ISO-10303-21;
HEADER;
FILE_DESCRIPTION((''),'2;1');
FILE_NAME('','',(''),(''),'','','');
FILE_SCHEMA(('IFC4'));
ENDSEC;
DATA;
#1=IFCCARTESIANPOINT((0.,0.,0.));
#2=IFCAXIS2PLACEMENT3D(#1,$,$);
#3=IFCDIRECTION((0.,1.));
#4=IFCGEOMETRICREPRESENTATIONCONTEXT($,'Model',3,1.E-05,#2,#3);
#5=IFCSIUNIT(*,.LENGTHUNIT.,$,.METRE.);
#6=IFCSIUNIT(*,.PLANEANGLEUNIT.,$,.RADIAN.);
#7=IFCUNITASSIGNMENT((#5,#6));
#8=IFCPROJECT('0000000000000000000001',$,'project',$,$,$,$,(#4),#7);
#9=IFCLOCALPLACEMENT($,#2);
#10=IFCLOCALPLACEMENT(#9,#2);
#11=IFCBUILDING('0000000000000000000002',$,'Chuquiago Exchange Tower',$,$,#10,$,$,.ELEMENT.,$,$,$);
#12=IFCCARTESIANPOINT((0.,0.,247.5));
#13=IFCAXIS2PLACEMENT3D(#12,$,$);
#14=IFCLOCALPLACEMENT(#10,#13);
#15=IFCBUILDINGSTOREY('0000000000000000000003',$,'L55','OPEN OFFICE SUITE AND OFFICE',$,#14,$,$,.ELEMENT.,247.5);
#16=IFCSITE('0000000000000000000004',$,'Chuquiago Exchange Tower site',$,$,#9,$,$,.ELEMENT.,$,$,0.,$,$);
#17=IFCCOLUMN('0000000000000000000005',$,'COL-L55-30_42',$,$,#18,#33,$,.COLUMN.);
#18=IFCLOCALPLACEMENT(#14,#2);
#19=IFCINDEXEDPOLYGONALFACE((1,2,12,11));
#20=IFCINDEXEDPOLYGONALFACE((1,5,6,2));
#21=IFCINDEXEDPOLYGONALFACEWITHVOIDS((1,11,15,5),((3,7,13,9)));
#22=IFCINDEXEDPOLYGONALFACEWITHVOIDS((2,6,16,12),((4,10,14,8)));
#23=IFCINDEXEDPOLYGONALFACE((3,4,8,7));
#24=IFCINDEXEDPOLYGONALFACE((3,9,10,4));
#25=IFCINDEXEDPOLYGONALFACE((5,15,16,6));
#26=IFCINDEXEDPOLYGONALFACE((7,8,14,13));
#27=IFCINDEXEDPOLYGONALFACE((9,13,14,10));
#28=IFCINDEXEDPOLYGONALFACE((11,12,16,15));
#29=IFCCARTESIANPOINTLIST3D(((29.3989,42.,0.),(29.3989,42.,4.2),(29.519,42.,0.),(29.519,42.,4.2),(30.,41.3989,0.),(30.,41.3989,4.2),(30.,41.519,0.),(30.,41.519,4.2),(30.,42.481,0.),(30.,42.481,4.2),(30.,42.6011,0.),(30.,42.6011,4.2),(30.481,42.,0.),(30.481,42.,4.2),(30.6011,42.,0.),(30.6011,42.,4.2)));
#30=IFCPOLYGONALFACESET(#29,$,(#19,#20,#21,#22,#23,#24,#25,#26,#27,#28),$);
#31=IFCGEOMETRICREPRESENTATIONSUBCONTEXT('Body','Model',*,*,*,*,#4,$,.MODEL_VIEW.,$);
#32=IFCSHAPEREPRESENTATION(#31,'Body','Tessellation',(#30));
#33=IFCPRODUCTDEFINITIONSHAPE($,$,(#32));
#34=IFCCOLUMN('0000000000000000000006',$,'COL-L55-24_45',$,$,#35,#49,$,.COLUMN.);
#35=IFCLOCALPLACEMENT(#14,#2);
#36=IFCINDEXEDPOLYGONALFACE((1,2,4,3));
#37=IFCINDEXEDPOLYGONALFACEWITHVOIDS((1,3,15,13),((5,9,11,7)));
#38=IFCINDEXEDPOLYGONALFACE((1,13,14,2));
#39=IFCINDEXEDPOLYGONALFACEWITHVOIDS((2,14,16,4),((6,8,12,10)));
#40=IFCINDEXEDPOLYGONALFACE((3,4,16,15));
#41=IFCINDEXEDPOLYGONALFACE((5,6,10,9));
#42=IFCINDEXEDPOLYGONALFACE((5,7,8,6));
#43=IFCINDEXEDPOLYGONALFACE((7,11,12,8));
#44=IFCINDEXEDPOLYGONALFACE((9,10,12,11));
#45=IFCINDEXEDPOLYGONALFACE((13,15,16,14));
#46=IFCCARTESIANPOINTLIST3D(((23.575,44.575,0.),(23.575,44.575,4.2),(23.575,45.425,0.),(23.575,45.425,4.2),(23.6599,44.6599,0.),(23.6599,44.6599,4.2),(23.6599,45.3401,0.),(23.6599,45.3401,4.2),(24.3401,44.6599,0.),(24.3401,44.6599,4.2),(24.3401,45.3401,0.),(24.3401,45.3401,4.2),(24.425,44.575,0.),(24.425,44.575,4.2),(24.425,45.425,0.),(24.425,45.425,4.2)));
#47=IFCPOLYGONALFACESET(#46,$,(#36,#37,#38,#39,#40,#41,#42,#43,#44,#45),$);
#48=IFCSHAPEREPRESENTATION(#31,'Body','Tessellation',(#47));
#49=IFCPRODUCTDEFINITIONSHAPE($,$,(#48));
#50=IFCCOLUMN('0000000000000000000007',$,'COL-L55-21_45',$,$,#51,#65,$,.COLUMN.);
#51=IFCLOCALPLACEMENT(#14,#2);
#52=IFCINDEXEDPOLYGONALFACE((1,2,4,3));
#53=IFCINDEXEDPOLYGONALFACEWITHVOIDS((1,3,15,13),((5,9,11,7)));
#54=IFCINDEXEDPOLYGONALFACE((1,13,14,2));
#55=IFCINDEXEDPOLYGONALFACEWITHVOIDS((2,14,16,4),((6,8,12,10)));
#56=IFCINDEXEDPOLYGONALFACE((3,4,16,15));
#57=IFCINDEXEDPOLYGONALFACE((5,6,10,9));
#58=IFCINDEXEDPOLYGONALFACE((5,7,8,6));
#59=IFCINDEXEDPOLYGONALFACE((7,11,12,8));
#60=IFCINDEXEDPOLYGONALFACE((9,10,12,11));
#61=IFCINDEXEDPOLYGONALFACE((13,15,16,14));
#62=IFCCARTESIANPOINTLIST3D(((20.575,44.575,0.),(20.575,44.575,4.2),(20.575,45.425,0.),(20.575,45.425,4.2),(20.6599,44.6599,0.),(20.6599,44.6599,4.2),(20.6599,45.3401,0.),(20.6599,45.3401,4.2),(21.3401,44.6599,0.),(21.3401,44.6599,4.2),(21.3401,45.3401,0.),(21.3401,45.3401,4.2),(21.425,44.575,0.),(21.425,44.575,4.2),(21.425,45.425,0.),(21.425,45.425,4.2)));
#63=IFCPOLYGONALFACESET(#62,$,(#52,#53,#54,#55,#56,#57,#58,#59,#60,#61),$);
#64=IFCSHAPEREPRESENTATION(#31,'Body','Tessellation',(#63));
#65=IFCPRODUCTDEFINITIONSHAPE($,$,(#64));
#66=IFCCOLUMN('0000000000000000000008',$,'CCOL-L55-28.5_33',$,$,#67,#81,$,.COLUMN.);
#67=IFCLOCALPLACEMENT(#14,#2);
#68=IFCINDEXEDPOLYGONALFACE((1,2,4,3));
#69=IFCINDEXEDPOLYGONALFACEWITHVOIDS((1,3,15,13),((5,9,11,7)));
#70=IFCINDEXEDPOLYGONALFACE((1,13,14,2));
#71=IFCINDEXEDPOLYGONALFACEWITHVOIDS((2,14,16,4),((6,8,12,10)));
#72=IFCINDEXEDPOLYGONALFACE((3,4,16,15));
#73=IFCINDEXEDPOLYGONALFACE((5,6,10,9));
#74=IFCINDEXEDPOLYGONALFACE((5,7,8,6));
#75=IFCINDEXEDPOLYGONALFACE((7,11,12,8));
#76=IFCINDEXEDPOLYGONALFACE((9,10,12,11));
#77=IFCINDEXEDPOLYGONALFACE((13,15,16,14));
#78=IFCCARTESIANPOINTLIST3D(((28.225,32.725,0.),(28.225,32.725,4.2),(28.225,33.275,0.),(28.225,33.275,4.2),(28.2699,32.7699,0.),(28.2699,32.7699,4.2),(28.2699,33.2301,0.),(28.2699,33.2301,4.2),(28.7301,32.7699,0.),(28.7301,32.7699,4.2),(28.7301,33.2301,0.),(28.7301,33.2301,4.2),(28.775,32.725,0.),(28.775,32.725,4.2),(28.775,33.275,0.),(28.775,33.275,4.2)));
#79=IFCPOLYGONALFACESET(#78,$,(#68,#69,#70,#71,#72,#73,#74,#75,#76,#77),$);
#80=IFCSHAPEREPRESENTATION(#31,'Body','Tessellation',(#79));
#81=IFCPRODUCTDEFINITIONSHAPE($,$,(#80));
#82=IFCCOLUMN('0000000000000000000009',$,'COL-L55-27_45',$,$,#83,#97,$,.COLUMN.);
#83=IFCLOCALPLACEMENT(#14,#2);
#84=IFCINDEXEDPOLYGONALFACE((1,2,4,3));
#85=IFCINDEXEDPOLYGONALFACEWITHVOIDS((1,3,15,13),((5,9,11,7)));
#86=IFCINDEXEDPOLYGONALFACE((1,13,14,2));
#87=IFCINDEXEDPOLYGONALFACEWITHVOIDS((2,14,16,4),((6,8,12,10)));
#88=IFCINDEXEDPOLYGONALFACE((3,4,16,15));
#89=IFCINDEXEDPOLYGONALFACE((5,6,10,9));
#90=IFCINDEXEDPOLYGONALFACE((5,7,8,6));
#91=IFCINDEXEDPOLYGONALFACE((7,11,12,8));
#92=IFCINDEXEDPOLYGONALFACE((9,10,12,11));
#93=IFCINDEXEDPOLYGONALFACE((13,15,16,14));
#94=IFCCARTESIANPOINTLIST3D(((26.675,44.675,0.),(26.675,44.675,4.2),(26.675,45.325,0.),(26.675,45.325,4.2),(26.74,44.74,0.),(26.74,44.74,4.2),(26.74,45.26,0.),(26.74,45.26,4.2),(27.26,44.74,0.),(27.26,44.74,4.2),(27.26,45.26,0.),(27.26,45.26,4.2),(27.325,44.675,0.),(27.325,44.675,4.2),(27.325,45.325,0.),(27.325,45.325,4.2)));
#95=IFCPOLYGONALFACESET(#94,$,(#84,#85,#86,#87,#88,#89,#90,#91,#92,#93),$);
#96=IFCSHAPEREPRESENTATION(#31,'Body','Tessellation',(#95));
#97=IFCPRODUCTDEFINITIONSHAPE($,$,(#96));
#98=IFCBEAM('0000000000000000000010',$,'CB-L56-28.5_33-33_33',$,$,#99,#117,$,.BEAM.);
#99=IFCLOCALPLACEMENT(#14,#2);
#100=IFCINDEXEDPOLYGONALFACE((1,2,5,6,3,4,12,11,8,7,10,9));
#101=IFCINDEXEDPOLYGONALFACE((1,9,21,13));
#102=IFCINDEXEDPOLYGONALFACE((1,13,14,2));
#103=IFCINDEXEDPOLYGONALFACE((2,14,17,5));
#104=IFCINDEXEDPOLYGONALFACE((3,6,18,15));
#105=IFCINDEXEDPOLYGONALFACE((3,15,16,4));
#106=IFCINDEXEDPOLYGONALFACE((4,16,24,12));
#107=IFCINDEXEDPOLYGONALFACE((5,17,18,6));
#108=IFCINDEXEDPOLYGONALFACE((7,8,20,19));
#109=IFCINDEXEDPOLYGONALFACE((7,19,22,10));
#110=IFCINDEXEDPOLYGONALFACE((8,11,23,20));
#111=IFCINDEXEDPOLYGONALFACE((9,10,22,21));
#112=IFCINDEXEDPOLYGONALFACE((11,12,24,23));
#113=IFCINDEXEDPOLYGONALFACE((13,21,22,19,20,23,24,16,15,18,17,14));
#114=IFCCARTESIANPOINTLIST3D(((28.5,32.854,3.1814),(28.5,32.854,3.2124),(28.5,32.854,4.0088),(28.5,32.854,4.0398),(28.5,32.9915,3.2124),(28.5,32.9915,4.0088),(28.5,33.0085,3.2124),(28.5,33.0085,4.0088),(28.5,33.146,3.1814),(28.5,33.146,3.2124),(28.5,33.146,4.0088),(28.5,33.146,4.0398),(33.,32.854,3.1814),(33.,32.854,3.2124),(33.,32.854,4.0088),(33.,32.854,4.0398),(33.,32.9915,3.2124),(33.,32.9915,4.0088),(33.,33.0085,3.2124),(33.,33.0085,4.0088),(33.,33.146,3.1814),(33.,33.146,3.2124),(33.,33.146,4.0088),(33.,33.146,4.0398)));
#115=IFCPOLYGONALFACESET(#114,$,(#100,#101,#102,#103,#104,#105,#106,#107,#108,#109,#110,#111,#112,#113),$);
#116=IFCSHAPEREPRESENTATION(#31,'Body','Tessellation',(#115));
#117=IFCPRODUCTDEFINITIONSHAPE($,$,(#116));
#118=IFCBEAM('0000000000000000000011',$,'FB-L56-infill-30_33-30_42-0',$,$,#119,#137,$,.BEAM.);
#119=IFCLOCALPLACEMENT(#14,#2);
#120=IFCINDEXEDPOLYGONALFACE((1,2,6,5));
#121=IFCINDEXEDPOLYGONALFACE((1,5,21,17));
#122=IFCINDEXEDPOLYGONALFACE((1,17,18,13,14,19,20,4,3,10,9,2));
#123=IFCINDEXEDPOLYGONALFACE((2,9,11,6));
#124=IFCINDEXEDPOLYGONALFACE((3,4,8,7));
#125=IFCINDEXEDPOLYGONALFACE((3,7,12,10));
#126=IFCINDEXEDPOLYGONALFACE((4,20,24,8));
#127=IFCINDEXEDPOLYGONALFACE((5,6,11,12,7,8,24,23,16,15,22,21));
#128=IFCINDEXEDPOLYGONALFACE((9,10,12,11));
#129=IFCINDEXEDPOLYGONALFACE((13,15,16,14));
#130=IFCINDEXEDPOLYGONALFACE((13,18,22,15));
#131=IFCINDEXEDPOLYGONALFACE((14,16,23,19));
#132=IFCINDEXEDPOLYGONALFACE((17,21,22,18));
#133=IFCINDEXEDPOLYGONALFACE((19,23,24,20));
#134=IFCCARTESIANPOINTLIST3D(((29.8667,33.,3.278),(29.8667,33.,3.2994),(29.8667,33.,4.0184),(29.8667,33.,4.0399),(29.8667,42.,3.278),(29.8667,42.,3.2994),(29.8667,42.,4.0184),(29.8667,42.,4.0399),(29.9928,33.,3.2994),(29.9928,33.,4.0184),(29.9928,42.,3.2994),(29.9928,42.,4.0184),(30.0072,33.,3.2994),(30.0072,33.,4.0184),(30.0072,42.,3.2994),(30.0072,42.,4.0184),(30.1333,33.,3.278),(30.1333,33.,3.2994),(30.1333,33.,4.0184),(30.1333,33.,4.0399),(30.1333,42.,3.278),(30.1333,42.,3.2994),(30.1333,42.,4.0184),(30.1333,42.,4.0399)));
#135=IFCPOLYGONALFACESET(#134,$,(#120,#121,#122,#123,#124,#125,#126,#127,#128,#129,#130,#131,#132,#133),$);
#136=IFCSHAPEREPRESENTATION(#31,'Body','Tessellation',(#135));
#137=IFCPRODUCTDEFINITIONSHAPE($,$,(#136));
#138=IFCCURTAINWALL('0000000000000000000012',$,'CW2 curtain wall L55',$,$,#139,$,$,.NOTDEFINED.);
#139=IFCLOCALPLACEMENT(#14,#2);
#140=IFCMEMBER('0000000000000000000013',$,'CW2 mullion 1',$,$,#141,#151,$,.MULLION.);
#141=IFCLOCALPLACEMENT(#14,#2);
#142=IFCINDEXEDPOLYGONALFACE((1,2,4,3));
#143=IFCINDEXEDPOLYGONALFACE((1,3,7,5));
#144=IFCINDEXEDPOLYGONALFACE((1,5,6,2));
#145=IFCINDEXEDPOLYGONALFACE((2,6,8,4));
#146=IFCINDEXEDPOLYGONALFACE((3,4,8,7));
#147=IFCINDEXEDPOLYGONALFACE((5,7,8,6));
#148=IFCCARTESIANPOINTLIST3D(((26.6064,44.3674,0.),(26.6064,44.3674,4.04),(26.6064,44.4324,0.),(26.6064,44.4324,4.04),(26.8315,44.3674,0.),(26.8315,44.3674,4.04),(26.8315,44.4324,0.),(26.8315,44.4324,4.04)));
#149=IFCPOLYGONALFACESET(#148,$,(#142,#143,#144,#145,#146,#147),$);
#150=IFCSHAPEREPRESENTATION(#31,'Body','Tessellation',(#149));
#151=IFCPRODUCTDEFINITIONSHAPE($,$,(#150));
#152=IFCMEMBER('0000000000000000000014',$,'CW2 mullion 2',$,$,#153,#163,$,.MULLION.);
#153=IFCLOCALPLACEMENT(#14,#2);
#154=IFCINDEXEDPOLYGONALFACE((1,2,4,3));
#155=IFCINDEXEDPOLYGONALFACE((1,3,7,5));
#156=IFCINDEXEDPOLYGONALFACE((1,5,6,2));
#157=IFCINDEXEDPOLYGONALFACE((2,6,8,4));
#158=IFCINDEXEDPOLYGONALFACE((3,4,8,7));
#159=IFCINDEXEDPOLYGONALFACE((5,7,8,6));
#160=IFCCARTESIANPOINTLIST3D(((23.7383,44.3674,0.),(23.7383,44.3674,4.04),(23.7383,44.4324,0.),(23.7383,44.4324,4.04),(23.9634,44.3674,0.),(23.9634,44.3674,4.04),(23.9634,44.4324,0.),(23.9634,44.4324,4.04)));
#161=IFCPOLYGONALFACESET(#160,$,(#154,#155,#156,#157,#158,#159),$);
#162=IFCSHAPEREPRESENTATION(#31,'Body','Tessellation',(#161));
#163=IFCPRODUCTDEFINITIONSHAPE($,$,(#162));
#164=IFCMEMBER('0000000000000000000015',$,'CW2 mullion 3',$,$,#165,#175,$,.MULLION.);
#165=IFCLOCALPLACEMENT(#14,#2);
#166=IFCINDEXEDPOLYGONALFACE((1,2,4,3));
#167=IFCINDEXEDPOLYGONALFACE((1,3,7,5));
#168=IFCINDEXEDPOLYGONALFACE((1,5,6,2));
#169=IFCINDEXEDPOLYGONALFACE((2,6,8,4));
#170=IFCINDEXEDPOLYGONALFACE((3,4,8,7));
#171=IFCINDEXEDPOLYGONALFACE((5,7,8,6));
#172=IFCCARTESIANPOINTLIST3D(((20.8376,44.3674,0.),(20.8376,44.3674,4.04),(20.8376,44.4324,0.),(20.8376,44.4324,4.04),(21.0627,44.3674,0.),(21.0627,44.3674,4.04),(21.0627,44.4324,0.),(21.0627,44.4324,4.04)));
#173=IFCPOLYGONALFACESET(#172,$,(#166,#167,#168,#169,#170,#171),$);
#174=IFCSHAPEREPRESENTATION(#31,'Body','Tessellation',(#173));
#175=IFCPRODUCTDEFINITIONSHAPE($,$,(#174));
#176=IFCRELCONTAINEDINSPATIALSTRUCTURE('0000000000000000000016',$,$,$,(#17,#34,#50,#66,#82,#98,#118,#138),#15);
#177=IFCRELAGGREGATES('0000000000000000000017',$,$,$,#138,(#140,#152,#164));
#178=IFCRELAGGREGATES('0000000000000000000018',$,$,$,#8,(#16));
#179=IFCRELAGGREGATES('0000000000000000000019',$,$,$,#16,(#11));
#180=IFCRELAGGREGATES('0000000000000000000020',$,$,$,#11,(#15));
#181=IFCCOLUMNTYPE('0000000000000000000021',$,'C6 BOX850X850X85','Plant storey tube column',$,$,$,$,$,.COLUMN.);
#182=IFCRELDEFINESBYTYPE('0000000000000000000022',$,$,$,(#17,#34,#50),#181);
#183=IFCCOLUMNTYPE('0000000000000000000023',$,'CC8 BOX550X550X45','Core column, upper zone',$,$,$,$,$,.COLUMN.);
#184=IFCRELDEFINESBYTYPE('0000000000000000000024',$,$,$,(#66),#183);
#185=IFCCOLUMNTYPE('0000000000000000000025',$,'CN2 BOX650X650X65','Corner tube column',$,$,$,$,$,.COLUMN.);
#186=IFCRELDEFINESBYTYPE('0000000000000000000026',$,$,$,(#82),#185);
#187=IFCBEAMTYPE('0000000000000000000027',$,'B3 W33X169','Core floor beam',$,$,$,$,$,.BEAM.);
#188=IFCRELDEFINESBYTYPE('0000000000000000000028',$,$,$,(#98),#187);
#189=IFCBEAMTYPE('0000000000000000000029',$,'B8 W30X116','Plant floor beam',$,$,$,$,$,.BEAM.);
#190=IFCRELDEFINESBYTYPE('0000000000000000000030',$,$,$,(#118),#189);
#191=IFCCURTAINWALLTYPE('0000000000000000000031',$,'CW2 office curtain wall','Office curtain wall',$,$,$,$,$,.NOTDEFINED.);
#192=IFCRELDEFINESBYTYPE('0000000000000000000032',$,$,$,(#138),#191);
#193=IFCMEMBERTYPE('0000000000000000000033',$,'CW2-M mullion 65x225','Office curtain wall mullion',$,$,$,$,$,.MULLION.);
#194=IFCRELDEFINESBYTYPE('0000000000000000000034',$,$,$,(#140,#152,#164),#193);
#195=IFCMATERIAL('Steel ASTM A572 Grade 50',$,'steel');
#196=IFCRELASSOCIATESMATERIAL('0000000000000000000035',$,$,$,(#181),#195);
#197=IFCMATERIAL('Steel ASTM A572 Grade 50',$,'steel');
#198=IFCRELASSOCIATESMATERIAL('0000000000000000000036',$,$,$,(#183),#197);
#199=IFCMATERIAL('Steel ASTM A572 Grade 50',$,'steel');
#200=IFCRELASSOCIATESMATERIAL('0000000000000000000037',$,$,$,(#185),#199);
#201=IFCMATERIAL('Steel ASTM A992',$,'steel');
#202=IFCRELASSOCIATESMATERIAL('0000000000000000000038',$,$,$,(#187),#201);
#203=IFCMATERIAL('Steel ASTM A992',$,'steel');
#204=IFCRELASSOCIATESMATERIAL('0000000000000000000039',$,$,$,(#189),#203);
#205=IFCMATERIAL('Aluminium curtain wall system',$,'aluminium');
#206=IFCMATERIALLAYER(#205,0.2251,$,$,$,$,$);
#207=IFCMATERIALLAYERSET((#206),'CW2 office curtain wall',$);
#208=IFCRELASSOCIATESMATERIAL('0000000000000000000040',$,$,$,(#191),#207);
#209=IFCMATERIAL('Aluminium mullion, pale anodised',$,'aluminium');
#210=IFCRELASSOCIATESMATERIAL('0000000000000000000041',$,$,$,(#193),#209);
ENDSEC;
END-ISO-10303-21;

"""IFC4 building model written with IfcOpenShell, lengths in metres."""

from ifc_helpers import new_model, si_unit, direction, frame, origin, origin_2d, place, context, subcontext, project, spatial, rectangle, hollow_rectangle, i_section, extrude, material, layer, layer_set, material_profile, profile_set, type_object, element, aggregate, save


model = new_model("IFC4")

# Units and contexts
model_context = context("Model", 3, precision=1e-05, world=origin(), true_north=direction((0.0, 1.0)))
body_context = subcontext(model_context, "Body", "Model", "MODEL_VIEW")
ifc_project = project(units=[si_unit("LENGTHUNIT", "METRE"), si_unit("PLANEANGLEUNIT", "RADIAN")], contexts=[model_context])

# Site, building, storey
site_placement = place(None, origin())
site = spatial("IfcSite", under=ifc_project, at=site_placement, Name="Chuquiago Exchange Tower site", CompositionType="ELEMENT", RefElevation=0.0)
building_placement = place(site_placement, origin())
building = spatial("IfcBuilding", under=site, at=building_placement, Name="Chuquiago Exchange Tower", CompositionType="ELEMENT")
storey_placement = place(building_placement, frame((0.0, 0.0, 247.5)))
storey = spatial("IfcBuildingStorey", under=building, at=storey_placement, Name="L55", Description="OPEN OFFICE SUITE AND OFFICE", CompositionType="ELEMENT", Elevation=247.5)

# Columns
ifc_material_1 = material(Name="Steel ASTM A572 Grade 50", Category="steel")
ifc_material_profile_1 = material_profile(ifc_material_1, hollow_rectangle(XDim=0.8501, YDim=0.8501, WallThickness=0.085, at=origin_2d()), Name="BOX850X850X85")
ifc_profile_set_1 = profile_set([ifc_material_profile_1], Name="Steel ASTM A572 Grade 50")
column_type_1 = type_object("IfcColumnType", Name="C6 BOX850X850X85", Description="Plant storey tube column", PredefinedType="COLUMN", material=ifc_profile_set_1)
for number, where, z_axis, x_axis, name in (
    (1, (30.0, 42.0, 0.0), (0.0, 0.0, 1.0), (0.707107, 0.707107, 0.0), "COL-L55-30_42"),
    (2, (24.0, 45.0, 0.0), (0.0, 0.0, 1.0), (0.0, 1.0, 0.0), "COL-L55-24_45"),
    (3, (21.0, 45.0, 0.0), (0.0, 0.0, 1.0), (0.0, 1.0, 0.0), "COL-L55-21_45"),
):
    element("IfcColumn", number, at=place(storey_placement, frame(where, z_axis=z_axis, x_axis=x_axis)), inside=storey, type_object=column_type_1, Name=name, PredefinedType="COLUMN", context=body_context, shape_type="SweptSolid", body=[
        extrude(hollow_rectangle(XDim=0.8501, YDim=0.8501, WallThickness=0.085, at=origin_2d()), origin(), (0.0, 0.0, 1.0), 4.2),
    ])
ifc_material_2 = material(Name="Steel ASTM A572 Grade 50", Category="steel")
ifc_material_profile_2 = material_profile(ifc_material_2, hollow_rectangle(XDim=0.55, YDim=0.55, WallThickness=0.0449, at=origin_2d()), Name="BOX550X550X45")
ifc_profile_set_2 = profile_set([ifc_material_profile_2], Name="Steel ASTM A572 Grade 50")
column_type_2 = type_object("IfcColumnType", Name="CC8 BOX550X550X45", Description="Core column, upper zone", PredefinedType="COLUMN", material=ifc_profile_set_2)
column_1_placement = place(storey_placement, frame((28.5, 33.0, 0.0), z_axis=(0.0, 0.0, 1.0), x_axis=(1.0, 0.0, 0.0)))
element("IfcColumn", 4, at=column_1_placement, inside=storey, type_object=column_type_2, Name="CCOL-L55-28.5_33", PredefinedType="COLUMN", context=body_context, shape_type="SweptSolid", body=[
    extrude(hollow_rectangle(XDim=0.55, YDim=0.55, WallThickness=0.0449, at=origin_2d()), origin(), (0.0, 0.0, 1.0), 4.2),
])
ifc_material_3 = material(Name="Steel ASTM A572 Grade 50", Category="steel")
ifc_material_profile_3 = material_profile(ifc_material_3, hollow_rectangle(XDim=0.6499, YDim=0.6499, WallThickness=0.0649, at=origin_2d()), Name="BOX650X650X65")
ifc_profile_set_3 = profile_set([ifc_material_profile_3], Name="Steel ASTM A572 Grade 50")
column_type_3 = type_object("IfcColumnType", Name="CN2 BOX650X650X65", Description="Corner tube column", PredefinedType="COLUMN", material=ifc_profile_set_3)
column_2_placement = place(storey_placement, frame((27.0, 45.0, 0.0), z_axis=(0.0, 0.0, 1.0), x_axis=(0.0, 1.0, 0.0)))
element("IfcColumn", 5, at=column_2_placement, inside=storey, type_object=column_type_3, Name="COL-L55-27_45", PredefinedType="COLUMN", context=body_context, shape_type="SweptSolid", body=[
    extrude(hollow_rectangle(XDim=0.6499, YDim=0.6499, WallThickness=0.0649, at=origin_2d()), origin(), (0.0, 0.0, 1.0), 4.2),
])

# Beams
ifc_material_4 = material(Name="Steel ASTM A992", Category="steel")
ifc_material_profile_4 = material_profile(ifc_material_4, i_section(OverallWidth=0.292, OverallDepth=0.8584, WebThickness=0.0171, FlangeThickness=0.031, at=origin_2d()), Name="W33X169")
ifc_profile_set_4 = profile_set([ifc_material_profile_4], Name="Steel ASTM A992")
beam_type_1 = type_object("IfcBeamType", Name="B3 W33X169", Description="Core floor beam", PredefinedType="BEAM", material=ifc_profile_set_4)
beam_1_placement = place(storey_placement, frame((28.5, 33.0, 3.6106), z_axis=(1.0, 0.0, 0.0), x_axis=(0.0, 1.0, 0.0)))
element("IfcBeam", 6, at=beam_1_placement, inside=storey, type_object=beam_type_1, Name="CB-L56-28.5_33-33_33", PredefinedType="BEAM", context=body_context, shape_type="SweptSolid", body=[
    extrude(i_section(OverallWidth=0.292, OverallDepth=0.8584, WebThickness=0.0171, FlangeThickness=0.031, at=origin_2d()), origin(), (0.0, 0.0, 1.0), 4.5),
])
ifc_material_5 = material(Name="Steel ASTM A992", Category="steel")
ifc_material_profile_5 = material_profile(ifc_material_5, i_section(OverallWidth=0.2666, OverallDepth=0.762, WebThickness=0.0144, FlangeThickness=0.0215, at=origin_2d()), Name="W30X116")
ifc_profile_set_5 = profile_set([ifc_material_profile_5], Name="Steel ASTM A992")
beam_type_2 = type_object("IfcBeamType", Name="B8 W30X116", Description="Plant floor beam", PredefinedType="BEAM", material=ifc_profile_set_5)
beam_2_placement = place(storey_placement, frame((30.0, 33.0, 3.6589), z_axis=(0.0, 1.0, 0.0), x_axis=(-1.0, 0.0, 0.0)))
element("IfcBeam", 7, at=beam_2_placement, inside=storey, type_object=beam_type_2, Name="FB-L56-infill-30_33-30_42-0", PredefinedType="BEAM", context=body_context, shape_type="SweptSolid", body=[
    extrude(i_section(OverallWidth=0.2666, OverallDepth=0.762, WebThickness=0.0144, FlangeThickness=0.0215, at=origin_2d()), origin(), (0.0, 0.0, 1.0), 9.0),
])

# Curtain wall, members
ifc_material_6 = material(Name="Aluminium curtain wall system", Category="aluminium")
ifc_layer_1 = layer(ifc_material_6, 0.2251)
ifc_layer_set_1 = layer_set([ifc_layer_1], Name="CW2 office curtain wall")
curtain_wall_type_1 = type_object("IfcCurtainWallType", Name="CW2 office curtain wall", Description="Office curtain wall", PredefinedType="NOTDEFINED", material=ifc_layer_set_1)
curtain_wall_1_placement = place(storey_placement, origin())
curtain_wall_1 = element("IfcCurtainWall", 8, at=curtain_wall_1_placement, inside=storey, type_object=curtain_wall_type_1, Name="CW2 curtain wall L55", PredefinedType="NOTDEFINED")
ifc_material_7 = material(Name="Aluminium mullion, pale anodised", Category="aluminium")
ifc_material_profile_6 = material_profile(ifc_material_7, rectangle(XDim=0.0649, YDim=0.2251, at=origin_2d()), Name="AL 65x225")
ifc_profile_set_6 = profile_set([ifc_material_profile_6], Name="Aluminium mullion, pale anodised")
member_type_1 = type_object("IfcMemberType", Name="CW2-M mullion 65x225", Description="Office curtain wall mullion", PredefinedType="MULLION", material=ifc_profile_set_6)
member_1_placement = place(storey_placement, frame((26.719, 44.3999, 0.0), z_axis=(0.0, 0.0, 1.0), x_axis=(0.0, -1.0, 0.0)))
member_1 = element("IfcMember", 9, at=member_1_placement, type_object=member_type_1, Name="CW2 mullion 1", PredefinedType="MULLION", context=body_context, shape_type="SweptSolid", body=[
    extrude(rectangle(XDim=0.0649, YDim=0.2251, at=origin_2d()), origin(), (0.0, 0.0, 1.0), 4.04),
])
member_2_placement = place(storey_placement, frame((23.8508, 44.3999, 0.0), z_axis=(0.0, 0.0, 1.0), x_axis=(0.0, -1.0, 0.0)))
member_2 = element("IfcMember", 10, at=member_2_placement, type_object=member_type_1, Name="CW2 mullion 2", PredefinedType="MULLION", context=body_context, shape_type="SweptSolid", body=[
    extrude(rectangle(XDim=0.0649, YDim=0.2251, at=origin_2d()), origin(), (0.0, 0.0, 1.0), 4.04),
])
member_3_placement = place(storey_placement, frame((20.9502, 44.3999, 0.0), z_axis=(0.0, 0.0, 1.0), x_axis=(0.0, -1.0, 0.0)))
member_3 = element("IfcMember", 11, at=member_3_placement, type_object=member_type_1, Name="CW2 mullion 3", PredefinedType="MULLION", context=body_context, shape_type="SweptSolid", body=[
    extrude(rectangle(XDim=0.0649, YDim=0.2251, at=origin_2d()), origin(), (0.0, 0.0, 1.0), 4.04),
])

aggregate(curtain_wall_1, [member_1, member_2, member_3])

save(model, "model.ifc")
